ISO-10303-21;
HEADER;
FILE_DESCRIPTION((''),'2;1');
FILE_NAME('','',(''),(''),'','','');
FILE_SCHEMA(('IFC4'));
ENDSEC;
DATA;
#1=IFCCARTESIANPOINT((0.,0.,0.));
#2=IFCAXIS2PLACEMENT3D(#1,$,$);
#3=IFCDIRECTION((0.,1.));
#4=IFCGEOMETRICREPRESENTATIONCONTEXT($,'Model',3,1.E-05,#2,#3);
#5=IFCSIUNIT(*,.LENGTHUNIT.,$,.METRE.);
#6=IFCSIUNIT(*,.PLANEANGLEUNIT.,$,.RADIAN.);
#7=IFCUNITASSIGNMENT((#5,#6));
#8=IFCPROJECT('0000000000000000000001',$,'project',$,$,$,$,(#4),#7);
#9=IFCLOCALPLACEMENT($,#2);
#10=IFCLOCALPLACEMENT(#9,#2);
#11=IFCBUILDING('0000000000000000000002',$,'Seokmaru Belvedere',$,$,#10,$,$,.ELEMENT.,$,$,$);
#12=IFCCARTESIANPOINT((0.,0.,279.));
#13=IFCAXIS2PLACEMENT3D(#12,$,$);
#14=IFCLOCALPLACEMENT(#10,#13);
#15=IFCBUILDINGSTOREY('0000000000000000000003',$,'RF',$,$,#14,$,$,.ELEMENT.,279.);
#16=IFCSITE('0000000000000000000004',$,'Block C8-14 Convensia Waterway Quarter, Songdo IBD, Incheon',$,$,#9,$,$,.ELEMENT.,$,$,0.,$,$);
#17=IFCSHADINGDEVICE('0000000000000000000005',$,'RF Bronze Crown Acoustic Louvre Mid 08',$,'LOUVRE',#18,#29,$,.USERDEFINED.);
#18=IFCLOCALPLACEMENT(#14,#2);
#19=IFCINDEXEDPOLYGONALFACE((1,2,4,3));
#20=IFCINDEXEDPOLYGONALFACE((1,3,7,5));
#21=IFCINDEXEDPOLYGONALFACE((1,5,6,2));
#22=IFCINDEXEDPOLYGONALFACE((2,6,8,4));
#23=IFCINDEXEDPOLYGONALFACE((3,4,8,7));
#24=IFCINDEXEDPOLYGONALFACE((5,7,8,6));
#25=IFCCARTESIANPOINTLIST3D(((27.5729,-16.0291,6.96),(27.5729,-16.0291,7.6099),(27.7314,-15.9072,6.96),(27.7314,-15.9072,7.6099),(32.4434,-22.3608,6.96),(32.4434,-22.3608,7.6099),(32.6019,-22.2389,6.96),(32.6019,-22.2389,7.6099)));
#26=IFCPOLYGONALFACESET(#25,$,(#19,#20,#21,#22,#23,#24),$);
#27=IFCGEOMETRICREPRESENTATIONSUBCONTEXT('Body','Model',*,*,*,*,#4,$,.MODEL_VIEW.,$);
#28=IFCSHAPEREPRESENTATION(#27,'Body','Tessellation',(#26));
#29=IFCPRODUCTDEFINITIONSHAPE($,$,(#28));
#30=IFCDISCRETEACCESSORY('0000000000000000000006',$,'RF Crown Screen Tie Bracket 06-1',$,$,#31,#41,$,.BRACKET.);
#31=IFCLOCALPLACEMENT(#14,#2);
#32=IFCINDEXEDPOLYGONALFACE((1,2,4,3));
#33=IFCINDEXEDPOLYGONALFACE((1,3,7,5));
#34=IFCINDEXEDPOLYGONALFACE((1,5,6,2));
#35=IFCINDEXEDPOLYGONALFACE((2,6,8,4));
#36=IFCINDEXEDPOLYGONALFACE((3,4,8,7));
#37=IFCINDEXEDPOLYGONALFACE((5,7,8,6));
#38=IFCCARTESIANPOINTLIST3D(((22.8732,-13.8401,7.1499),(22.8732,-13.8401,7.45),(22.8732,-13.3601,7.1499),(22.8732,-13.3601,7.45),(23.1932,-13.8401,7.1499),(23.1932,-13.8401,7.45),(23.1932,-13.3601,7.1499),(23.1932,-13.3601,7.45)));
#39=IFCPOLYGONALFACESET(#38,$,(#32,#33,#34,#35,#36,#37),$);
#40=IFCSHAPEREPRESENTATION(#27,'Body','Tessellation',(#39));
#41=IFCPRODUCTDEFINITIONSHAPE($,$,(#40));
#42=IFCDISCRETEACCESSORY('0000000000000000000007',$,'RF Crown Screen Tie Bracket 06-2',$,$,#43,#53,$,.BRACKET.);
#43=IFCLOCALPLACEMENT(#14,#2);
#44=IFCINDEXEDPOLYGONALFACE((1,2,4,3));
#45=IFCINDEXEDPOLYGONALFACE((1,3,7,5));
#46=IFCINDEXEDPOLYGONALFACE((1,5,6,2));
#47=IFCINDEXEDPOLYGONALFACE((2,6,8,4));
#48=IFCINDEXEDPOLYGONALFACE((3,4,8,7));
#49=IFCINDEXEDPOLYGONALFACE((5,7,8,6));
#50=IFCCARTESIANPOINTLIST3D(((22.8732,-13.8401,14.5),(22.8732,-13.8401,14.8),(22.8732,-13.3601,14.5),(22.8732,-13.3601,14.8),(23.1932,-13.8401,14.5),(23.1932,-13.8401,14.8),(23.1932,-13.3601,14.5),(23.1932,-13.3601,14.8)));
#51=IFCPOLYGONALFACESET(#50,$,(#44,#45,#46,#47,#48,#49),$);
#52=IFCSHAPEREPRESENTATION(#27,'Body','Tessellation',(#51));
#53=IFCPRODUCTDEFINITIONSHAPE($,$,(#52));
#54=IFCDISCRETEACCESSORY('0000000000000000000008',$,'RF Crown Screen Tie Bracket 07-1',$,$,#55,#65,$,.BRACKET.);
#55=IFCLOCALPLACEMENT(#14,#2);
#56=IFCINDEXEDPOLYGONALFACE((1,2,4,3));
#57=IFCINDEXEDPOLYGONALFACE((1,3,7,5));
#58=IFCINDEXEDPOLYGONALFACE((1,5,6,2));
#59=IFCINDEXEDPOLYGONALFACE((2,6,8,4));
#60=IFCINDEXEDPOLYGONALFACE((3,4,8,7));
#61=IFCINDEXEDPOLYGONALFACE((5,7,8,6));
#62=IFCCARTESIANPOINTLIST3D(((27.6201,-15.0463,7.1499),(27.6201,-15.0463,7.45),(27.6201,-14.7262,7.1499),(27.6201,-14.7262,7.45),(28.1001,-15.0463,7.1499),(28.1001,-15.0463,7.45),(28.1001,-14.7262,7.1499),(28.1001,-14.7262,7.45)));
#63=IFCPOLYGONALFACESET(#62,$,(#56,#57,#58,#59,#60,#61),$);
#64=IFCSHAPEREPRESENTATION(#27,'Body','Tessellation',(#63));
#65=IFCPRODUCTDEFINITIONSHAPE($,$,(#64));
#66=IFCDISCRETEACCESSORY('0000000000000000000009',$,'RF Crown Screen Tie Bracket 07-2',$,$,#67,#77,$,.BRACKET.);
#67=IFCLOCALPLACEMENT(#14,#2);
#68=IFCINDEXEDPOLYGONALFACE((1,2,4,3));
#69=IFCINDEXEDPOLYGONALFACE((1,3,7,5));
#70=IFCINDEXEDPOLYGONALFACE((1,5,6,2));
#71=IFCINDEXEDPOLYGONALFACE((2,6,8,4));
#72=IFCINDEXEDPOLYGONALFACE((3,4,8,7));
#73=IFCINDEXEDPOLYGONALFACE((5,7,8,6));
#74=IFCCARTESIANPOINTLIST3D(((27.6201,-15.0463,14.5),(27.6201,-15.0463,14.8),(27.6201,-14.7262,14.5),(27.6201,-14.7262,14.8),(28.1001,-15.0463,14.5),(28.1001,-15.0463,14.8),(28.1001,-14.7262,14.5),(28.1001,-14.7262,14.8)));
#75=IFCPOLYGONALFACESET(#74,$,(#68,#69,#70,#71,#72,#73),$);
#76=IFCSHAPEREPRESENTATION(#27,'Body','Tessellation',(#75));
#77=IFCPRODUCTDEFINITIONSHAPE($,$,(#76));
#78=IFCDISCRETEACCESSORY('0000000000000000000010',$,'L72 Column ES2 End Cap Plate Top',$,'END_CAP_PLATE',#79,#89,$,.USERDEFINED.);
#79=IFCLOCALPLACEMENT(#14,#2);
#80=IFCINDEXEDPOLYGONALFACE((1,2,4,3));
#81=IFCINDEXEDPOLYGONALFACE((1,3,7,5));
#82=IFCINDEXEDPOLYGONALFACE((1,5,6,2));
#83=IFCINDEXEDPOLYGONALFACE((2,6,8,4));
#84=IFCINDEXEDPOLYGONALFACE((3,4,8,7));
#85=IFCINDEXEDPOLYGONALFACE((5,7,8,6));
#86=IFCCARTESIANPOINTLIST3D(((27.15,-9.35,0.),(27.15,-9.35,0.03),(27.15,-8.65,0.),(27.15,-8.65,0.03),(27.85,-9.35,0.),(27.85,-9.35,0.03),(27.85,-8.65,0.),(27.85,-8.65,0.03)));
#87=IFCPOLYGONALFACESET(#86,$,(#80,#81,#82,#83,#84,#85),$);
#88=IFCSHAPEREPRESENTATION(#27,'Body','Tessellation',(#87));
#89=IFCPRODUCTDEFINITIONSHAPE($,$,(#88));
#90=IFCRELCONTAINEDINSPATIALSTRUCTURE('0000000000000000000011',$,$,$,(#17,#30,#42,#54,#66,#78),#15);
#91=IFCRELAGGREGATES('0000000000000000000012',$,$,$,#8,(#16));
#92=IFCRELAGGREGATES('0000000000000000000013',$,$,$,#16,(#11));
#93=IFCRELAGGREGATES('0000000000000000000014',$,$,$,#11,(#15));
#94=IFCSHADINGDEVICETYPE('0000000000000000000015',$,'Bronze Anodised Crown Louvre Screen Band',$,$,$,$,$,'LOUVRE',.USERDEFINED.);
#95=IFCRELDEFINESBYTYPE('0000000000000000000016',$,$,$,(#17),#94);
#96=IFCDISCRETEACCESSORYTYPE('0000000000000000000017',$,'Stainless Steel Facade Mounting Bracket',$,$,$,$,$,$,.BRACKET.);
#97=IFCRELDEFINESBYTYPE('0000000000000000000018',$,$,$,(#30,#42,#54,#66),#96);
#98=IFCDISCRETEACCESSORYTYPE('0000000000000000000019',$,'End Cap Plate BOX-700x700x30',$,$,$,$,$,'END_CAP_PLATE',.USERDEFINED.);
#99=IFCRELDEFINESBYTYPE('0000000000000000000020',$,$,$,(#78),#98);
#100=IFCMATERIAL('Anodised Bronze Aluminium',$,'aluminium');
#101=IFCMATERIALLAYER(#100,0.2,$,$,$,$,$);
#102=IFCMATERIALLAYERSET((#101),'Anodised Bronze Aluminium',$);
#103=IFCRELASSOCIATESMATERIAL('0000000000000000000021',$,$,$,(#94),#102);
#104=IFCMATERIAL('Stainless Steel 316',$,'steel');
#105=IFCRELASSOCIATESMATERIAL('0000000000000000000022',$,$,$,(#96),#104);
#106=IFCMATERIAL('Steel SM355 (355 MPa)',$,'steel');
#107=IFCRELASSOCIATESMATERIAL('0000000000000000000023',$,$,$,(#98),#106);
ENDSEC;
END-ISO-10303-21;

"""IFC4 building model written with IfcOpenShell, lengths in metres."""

from ifc_helpers import new_model, si_unit, direction, frame, origin, origin_2d, place, context, subcontext, project, spatial, rectangle, extrude, source, transform, mapped, material, layer, layer_set, type_object, type_shapes, element, save


model = new_model("IFC4")

# Units and contexts
model_context = context("Model", 3, precision=1e-05, world=origin(), true_north=direction((0.0, 1.0)))
body_context = subcontext(model_context, "Body", "Model", "MODEL_VIEW")
ifc_project = project(units=[si_unit("LENGTHUNIT", "METRE"), si_unit("PLANEANGLEUNIT", "RADIAN")], contexts=[model_context])

# Site, building, storey
site_placement = place(None, origin())
site = spatial("IfcSite", under=ifc_project, at=site_placement, Name="Block C8-14 Convensia Waterway Quarter, Songdo IBD, Incheon", CompositionType="ELEMENT", RefElevation=0.0)
building_placement = place(site_placement, origin())
building = spatial("IfcBuilding", under=site, at=building_placement, Name="Seokmaru Belvedere", CompositionType="ELEMENT")
storey_placement = place(building_placement, frame((0.0, 0.0, 279.0)))
storey = spatial("IfcBuildingStorey", under=building, at=storey_placement, Name="RF", CompositionType="ELEMENT", Elevation=279.0)

# Shared definitions
ifc_material_1 = material(Name="Steel SM355 (355 MPa)", Category="steel")

# Shading device
ifc_material_2 = material(Name="Anodised Bronze Aluminium", Category="aluminium")
ifc_layer_1 = layer(ifc_material_2, 0.2)
ifc_layer_set_1 = layer_set([ifc_layer_1], Name="Anodised Bronze Aluminium")
shading_device_type = type_object("IfcShadingDeviceType", Name="Bronze Anodised Crown Louvre Screen Band", ElementType="LOUVRE", PredefinedType="USERDEFINED", material=ifc_layer_set_1)
shared_shape_1 = source(origin(), body_context, "Body", "SweptSolid", [
    extrude(rectangle(XDim=7.9883, YDim=0.2, at=origin_2d()), origin(), (0.0, 0.0, 1.0), 0.6499),
])
shading_device_1_placement = place(storey_placement, frame((30.0874, -19.134, 6.96), z_axis=(0.0, 0.0, 1.0), x_axis=(0.609709, -0.792625, 0.0)))
element("IfcShadingDevice", 1, at=shading_device_1_placement, inside=storey, type_object=shading_device_type, Name="RF Bronze Crown Acoustic Louvre Mid 08", ObjectType="LOUVRE", PredefinedType="USERDEFINED", context=body_context, shape_type="MappedRepresentation", body=[
    mapped(shared_shape_1, transform((0.0, 0.0, 0.0), scale=1.0)),
])

# Discrete accessories
ifc_material_3 = material(Name="Stainless Steel 316", Category="steel")
discrete_accessory_type_1 = type_object("IfcDiscreteAccessoryType", Name="Stainless Steel Facade Mounting Bracket", PredefinedType="BRACKET", material=ifc_material_3)
shared_shape_2 = source(origin(), body_context, "Body", "SweptSolid", [
    extrude(rectangle(XDim=0.3201, YDim=0.48, at=origin_2d()), origin(), (0.0, 0.0, 1.0), 0.3),
])
type_shapes(discrete_accessory_type_1, [shared_shape_2])
for number, where, z_axis, x_axis, name in (
    (2, (23.0332, -13.6001, 7.1499), (0.0, 0.0, 1.0), (1.0, 0.0, 0.0), "RF Crown Screen Tie Bracket 06-1"),
    (3, (23.0332, -13.6001, 14.5), (0.0, 0.0, 1.0), (1.0, 0.0, 0.0), "RF Crown Screen Tie Bracket 06-2"),
    (4, (27.8601, -14.8862, 7.1499), (0.0, 0.0, 1.0), (0.0, -1.0, 0.0), "RF Crown Screen Tie Bracket 07-1"),
    (5, (27.8601, -14.8862, 14.5), (0.0, 0.0, 1.0), (0.0, -1.0, 0.0), "RF Crown Screen Tie Bracket 07-2"),
):
    element("IfcDiscreteAccessory", number, at=place(storey_placement, frame(where, z_axis=z_axis, x_axis=x_axis)), inside=storey, type_object=discrete_accessory_type_1, Name=name, PredefinedType="BRACKET", context=body_context, shape_type="MappedRepresentation", body=[
        mapped(shared_shape_2, transform((0.0, 0.0, 0.0), scale=1.0)),
    ])
discrete_accessory_type_2 = type_object("IfcDiscreteAccessoryType", Name="End Cap Plate BOX-700x700x30", ElementType="END_CAP_PLATE", PredefinedType="USERDEFINED", material=ifc_material_1)
shared_shape_3 = source(origin(), body_context, "Body", "SweptSolid", [
    extrude(rectangle(XDim=0.7, YDim=0.7, at=origin_2d()), origin(), (0.0, 0.0, 1.0), 0.03),
])
type_shapes(discrete_accessory_type_2, [shared_shape_3])
discrete_accessory_placement = place(storey_placement, frame((27.5, -9.0, 0.0), z_axis=(0.0, 0.0, 1.0), x_axis=(1.0, 0.0, 0.0)))
element("IfcDiscreteAccessory", 6, at=discrete_accessory_placement, inside=storey, type_object=discrete_accessory_type_2, Name="L72 Column ES2 End Cap Plate Top", ObjectType="END_CAP_PLATE", PredefinedType="USERDEFINED", context=body_context, shape_type="MappedRepresentation", body=[
    mapped(shared_shape_3, transform((0.0, 0.0, 0.0), scale=1.0)),
])

save(model, "model.ifc")
